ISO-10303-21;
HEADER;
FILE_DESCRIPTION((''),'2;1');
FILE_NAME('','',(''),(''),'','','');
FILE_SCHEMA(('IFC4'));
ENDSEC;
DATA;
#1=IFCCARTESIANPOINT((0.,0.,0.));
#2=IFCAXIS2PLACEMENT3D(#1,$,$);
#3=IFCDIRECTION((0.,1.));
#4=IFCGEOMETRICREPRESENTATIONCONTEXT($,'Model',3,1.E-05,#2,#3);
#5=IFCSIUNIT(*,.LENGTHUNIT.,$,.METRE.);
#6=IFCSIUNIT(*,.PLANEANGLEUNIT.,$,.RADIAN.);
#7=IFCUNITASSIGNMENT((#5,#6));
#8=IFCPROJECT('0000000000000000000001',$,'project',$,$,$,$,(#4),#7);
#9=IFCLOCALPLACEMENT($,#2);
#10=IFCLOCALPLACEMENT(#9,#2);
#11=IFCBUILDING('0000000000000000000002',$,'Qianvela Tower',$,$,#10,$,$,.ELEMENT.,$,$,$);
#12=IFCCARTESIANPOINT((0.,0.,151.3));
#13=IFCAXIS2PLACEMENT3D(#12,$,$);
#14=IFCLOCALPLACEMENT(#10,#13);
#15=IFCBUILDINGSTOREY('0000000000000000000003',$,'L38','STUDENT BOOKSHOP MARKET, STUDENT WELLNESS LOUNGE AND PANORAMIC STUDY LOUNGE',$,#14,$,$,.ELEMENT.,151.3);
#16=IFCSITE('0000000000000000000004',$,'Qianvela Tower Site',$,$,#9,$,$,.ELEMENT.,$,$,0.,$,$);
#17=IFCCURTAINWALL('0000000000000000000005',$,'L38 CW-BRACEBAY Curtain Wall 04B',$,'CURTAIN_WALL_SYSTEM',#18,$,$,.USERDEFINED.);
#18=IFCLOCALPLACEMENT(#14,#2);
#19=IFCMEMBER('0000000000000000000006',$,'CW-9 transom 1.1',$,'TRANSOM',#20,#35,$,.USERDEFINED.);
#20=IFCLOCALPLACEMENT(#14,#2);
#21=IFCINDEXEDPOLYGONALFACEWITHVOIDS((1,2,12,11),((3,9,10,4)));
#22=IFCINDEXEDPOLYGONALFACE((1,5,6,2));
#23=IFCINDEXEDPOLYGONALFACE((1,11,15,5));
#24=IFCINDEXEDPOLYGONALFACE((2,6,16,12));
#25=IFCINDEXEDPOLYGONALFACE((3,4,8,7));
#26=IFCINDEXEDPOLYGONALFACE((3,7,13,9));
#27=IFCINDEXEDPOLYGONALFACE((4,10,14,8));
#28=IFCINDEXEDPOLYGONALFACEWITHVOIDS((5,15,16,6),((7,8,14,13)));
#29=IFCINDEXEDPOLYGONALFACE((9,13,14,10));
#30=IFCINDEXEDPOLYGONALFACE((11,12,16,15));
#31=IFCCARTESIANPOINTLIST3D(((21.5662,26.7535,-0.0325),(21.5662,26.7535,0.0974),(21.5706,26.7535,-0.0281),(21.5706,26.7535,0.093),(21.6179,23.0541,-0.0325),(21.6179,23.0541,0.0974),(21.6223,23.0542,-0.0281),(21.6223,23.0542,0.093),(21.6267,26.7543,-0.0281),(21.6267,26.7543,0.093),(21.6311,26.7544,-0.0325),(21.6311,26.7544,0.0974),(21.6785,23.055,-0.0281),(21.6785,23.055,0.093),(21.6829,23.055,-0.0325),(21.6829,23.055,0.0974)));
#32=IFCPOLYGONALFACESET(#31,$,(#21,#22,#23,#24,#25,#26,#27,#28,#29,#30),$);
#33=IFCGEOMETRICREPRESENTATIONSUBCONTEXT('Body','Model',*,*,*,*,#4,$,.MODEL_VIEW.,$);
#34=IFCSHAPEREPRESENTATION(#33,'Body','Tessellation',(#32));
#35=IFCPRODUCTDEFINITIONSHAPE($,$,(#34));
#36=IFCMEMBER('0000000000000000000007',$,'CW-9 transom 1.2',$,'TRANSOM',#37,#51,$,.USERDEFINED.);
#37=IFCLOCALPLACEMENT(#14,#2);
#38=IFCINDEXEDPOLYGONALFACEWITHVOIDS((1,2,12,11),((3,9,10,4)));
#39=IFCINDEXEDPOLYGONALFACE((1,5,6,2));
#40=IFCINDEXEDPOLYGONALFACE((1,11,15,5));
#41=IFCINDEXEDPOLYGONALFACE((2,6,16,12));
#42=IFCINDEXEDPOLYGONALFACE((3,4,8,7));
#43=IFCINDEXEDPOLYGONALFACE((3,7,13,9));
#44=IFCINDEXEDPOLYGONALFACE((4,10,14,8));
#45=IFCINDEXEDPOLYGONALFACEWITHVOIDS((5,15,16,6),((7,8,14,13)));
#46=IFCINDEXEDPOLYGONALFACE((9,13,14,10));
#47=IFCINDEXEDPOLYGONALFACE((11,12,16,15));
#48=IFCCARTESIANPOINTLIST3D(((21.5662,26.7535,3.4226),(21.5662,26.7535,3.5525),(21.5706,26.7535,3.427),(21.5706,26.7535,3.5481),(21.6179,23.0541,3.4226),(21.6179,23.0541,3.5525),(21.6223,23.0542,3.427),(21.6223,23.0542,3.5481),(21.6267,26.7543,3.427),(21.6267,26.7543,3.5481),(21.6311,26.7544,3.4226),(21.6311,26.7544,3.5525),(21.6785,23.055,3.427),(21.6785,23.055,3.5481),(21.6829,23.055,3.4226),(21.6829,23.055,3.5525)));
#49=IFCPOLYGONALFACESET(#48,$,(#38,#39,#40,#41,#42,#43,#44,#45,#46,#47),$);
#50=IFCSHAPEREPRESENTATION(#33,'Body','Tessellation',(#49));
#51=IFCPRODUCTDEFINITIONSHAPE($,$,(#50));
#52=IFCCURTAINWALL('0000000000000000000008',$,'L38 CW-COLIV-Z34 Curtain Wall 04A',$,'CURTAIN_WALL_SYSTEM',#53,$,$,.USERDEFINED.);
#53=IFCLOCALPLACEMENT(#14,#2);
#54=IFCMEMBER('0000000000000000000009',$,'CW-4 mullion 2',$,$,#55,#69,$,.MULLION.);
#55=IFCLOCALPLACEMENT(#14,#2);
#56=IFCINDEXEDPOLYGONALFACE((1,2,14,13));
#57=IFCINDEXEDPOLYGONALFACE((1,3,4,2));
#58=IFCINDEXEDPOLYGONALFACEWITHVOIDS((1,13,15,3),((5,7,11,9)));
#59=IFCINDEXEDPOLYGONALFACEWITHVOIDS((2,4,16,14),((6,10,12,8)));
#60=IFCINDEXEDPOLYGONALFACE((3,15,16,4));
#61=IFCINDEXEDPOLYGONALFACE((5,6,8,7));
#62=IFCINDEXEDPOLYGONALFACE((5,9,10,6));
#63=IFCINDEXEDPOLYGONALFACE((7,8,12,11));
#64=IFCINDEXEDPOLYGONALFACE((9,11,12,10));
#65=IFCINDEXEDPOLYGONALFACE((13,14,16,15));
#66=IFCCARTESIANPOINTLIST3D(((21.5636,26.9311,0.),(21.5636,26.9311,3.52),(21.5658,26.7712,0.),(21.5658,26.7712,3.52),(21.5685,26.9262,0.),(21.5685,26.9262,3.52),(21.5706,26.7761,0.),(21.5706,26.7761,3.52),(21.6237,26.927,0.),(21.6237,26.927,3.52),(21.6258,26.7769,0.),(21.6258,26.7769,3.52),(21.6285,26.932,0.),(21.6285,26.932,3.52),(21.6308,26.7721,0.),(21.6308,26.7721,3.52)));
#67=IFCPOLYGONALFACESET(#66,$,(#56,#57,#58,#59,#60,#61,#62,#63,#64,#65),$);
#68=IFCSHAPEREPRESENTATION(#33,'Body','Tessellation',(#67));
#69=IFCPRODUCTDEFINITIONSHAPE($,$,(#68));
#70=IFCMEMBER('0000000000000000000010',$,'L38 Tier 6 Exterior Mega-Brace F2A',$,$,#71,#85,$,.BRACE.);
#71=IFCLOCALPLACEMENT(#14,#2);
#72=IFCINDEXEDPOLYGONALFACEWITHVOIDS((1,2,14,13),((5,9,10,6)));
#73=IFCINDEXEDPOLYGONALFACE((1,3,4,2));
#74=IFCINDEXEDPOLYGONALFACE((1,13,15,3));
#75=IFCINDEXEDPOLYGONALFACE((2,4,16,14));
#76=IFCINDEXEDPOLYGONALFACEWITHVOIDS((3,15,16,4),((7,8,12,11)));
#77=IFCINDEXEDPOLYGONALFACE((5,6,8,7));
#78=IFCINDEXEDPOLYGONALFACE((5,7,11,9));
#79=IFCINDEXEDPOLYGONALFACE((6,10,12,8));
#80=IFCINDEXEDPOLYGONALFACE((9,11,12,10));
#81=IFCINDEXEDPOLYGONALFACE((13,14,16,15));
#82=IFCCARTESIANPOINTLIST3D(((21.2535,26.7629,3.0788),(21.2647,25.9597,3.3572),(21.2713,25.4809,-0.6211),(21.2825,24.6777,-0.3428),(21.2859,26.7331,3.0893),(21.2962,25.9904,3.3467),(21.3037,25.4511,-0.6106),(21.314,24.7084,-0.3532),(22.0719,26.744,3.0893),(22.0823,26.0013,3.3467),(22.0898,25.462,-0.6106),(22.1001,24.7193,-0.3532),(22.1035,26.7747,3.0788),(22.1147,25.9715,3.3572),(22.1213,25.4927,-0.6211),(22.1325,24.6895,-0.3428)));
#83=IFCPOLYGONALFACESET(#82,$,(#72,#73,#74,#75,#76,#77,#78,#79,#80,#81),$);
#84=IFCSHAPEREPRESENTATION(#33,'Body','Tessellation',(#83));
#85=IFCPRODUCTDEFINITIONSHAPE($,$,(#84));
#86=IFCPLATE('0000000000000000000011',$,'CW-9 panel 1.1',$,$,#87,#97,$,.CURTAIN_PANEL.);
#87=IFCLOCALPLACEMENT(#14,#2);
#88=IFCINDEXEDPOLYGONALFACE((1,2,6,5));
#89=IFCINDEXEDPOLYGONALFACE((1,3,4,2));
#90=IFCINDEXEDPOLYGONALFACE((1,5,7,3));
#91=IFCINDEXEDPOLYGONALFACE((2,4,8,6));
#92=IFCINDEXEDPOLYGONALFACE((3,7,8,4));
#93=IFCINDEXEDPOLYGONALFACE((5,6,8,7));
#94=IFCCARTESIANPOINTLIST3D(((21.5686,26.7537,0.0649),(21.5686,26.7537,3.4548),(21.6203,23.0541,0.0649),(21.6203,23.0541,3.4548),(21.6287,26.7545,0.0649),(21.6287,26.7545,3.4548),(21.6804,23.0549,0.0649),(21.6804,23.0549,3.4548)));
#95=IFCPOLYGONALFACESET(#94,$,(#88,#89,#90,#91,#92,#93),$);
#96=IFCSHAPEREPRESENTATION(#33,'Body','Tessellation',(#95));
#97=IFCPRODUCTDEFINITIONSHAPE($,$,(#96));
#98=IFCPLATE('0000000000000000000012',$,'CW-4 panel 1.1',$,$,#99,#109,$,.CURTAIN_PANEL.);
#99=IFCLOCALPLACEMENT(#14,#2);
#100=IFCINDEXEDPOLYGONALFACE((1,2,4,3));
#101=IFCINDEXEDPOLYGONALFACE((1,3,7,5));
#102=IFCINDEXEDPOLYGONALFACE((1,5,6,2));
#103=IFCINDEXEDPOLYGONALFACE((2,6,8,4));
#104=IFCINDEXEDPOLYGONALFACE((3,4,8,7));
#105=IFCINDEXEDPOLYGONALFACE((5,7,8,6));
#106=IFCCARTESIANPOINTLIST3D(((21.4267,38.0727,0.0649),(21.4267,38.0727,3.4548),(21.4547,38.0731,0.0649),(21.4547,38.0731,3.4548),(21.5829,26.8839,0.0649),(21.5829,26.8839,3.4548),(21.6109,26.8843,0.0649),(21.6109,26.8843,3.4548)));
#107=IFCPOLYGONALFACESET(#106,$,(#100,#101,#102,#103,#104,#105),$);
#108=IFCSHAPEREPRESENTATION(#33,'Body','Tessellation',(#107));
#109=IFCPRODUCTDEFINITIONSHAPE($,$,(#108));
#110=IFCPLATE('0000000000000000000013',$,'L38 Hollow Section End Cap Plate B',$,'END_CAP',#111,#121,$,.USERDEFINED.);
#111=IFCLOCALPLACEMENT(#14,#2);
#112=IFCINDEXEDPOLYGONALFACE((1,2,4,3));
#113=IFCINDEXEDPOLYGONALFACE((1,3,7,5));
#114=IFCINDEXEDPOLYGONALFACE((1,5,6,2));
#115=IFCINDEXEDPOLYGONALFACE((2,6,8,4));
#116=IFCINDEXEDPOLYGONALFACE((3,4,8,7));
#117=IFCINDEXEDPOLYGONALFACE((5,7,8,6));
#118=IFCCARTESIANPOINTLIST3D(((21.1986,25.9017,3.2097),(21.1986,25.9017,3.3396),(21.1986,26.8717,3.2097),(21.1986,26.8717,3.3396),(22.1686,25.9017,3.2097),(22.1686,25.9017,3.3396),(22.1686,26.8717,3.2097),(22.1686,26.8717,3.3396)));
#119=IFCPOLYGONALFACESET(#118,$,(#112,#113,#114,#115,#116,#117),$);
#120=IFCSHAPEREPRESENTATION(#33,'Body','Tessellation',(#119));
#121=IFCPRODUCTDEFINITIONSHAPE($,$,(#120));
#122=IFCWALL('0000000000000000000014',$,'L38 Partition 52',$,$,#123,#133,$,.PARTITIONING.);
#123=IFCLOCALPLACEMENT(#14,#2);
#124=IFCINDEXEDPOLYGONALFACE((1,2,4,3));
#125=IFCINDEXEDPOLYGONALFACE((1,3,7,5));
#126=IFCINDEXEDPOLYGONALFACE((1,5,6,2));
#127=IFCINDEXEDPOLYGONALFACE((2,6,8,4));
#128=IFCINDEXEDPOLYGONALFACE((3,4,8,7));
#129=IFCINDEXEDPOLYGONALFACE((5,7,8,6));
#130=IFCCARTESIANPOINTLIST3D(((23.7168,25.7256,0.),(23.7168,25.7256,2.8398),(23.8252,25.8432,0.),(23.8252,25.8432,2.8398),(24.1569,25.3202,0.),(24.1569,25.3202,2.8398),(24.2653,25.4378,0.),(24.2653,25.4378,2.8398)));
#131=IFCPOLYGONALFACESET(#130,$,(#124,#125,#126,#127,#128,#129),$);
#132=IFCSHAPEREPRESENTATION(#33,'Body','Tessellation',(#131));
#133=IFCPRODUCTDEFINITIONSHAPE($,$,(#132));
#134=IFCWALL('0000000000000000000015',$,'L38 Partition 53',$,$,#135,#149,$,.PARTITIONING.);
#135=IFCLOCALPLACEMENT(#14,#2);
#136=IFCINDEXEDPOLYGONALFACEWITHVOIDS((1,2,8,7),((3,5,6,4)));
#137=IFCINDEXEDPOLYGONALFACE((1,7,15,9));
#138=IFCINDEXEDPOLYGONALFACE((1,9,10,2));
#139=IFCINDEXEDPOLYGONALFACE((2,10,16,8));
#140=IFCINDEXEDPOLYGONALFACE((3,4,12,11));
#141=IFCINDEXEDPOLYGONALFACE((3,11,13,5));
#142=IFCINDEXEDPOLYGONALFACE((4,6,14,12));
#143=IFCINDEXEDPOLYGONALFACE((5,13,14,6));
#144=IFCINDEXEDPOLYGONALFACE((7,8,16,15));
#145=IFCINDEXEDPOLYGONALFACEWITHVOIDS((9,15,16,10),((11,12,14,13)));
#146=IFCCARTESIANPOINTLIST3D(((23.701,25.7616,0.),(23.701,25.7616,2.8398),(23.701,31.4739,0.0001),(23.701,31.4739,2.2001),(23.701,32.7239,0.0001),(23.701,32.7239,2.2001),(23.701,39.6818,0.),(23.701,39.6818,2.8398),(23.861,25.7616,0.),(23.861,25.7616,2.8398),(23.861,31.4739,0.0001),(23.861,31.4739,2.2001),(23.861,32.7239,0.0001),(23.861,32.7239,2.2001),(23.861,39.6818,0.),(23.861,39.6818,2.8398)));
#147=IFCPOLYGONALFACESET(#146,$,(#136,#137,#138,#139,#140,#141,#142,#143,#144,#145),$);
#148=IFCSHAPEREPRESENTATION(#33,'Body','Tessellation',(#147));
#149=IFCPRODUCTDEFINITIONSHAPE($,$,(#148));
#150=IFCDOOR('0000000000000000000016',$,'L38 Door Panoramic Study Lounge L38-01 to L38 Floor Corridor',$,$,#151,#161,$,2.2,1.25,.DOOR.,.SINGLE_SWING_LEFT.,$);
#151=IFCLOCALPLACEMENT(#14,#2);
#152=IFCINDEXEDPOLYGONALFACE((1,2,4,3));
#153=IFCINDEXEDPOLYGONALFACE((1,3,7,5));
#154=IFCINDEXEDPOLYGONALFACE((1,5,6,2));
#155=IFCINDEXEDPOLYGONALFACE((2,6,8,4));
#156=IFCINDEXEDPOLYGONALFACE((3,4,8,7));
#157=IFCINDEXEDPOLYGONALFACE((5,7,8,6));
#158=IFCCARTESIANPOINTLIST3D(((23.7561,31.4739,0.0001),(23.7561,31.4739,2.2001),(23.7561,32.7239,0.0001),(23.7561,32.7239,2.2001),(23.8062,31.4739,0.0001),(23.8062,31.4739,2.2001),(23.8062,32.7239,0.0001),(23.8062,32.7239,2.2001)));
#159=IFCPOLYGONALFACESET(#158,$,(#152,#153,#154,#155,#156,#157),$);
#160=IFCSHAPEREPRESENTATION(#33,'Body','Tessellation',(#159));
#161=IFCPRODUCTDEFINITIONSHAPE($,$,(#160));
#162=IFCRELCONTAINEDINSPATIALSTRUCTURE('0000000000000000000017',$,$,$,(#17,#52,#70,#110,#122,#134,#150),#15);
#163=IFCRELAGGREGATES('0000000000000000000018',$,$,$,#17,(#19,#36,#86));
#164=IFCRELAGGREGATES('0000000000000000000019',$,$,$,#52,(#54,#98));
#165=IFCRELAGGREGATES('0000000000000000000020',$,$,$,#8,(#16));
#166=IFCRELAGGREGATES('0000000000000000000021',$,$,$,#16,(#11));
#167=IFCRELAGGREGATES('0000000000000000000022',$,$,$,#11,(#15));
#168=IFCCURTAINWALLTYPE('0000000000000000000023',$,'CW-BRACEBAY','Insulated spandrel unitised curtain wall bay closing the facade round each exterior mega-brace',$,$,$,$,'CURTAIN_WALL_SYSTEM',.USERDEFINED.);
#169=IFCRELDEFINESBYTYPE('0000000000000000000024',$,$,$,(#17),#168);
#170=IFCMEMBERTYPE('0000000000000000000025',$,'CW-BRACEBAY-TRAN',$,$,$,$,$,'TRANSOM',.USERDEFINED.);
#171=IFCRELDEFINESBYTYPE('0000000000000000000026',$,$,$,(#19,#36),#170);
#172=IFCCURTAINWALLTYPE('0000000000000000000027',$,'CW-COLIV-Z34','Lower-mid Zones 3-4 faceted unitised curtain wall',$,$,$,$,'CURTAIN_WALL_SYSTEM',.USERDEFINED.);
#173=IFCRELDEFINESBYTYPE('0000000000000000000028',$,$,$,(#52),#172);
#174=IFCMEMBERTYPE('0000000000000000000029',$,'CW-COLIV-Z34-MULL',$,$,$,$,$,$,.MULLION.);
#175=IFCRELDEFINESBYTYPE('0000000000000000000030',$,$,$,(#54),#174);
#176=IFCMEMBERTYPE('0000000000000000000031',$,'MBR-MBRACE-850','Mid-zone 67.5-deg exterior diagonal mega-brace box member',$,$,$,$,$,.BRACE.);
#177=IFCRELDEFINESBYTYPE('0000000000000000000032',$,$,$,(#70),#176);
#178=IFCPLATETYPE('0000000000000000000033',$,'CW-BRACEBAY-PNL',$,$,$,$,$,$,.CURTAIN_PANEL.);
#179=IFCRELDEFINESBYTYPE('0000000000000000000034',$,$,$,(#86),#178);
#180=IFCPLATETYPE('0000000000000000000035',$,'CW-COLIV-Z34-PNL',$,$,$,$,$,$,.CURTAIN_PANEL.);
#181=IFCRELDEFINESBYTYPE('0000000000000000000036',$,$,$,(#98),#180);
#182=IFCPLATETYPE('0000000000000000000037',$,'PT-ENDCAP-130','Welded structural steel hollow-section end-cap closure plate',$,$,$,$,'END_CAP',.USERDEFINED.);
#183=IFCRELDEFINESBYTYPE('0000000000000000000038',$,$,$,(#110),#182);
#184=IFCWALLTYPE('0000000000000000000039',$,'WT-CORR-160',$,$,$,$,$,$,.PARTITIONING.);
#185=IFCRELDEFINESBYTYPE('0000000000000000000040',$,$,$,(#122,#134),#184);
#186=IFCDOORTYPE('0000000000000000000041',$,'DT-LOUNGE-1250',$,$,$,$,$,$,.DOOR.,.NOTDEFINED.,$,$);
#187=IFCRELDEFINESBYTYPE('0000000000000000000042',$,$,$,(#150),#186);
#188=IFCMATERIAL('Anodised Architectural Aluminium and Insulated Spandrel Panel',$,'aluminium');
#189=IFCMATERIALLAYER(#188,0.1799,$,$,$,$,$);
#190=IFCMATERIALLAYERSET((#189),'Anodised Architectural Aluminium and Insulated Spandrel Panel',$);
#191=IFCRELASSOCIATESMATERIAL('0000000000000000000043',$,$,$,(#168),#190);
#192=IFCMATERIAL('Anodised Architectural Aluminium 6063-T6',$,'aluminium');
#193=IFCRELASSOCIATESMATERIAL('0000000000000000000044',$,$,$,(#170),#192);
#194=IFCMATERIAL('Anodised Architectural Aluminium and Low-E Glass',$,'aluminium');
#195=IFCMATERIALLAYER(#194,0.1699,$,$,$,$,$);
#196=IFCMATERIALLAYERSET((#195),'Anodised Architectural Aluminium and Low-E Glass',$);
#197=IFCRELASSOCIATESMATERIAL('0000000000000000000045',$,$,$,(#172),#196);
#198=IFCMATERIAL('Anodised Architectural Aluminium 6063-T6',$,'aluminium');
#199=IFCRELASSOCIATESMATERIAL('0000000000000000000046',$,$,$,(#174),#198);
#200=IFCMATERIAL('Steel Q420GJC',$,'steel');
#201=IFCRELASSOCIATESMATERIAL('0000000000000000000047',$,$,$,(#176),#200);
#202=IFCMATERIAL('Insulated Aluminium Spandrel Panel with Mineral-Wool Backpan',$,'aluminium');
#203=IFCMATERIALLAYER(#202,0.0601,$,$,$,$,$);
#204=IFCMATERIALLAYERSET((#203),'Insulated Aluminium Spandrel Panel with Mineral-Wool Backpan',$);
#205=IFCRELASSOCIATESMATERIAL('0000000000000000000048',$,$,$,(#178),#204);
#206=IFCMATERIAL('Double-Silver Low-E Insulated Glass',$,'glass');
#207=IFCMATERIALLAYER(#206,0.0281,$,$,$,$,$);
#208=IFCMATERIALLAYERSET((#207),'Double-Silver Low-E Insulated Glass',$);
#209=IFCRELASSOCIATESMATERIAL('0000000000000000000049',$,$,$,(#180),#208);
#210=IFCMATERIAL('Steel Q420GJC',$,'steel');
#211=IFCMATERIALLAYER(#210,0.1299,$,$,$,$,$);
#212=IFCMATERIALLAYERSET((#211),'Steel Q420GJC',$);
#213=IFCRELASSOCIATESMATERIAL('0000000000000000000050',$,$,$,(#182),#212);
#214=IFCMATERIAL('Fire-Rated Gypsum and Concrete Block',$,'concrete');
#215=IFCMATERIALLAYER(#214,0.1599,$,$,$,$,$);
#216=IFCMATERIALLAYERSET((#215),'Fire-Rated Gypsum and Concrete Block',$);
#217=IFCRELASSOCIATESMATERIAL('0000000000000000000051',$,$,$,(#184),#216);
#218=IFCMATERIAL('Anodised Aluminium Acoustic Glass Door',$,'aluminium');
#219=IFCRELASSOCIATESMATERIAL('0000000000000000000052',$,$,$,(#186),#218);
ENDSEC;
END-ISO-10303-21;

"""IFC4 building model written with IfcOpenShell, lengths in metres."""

from ifc_helpers import new_model, si_unit, direction, frame, frame_2d, origin, origin_2d, place, context, subcontext, project, spatial, rectangle, hollow_rectangle, extrude, material, layer, layer_set, material_profile, profile_set, type_object, element, fill, aggregate, save


model = new_model("IFC4")

# Units and contexts
model_context = context("Model", 3, precision=1e-05, world=origin(), true_north=direction((0.0, 1.0)))
body_context = subcontext(model_context, "Body", "Model", "MODEL_VIEW")
ifc_project = project(units=[si_unit("LENGTHUNIT", "METRE"), si_unit("PLANEANGLEUNIT", "RADIAN")], contexts=[model_context])

# Site, building, storey
site_placement = place(None, origin())
site = spatial("IfcSite", under=ifc_project, at=site_placement, Name="Qianvela Tower Site", CompositionType="ELEMENT", RefElevation=0.0)
building_placement = place(site_placement, origin())
building = spatial("IfcBuilding", under=site, at=building_placement, Name="Qianvela Tower", CompositionType="ELEMENT")
storey_placement = place(building_placement, frame((0.0, 0.0, 151.3)))
storey = spatial("IfcBuildingStorey", under=building, at=storey_placement, Name="L38", Description="STUDENT BOOKSHOP MARKET, STUDENT WELLNESS LOUNGE AND PANORAMIC STUDY LOUNGE", CompositionType="ELEMENT", Elevation=151.3)

# Curtain wall, members
ifc_material_1 = material(Name="Anodised Architectural Aluminium and Insulated Spandrel Panel", Category="aluminium")
ifc_layer_1 = layer(ifc_material_1, 0.1799)
ifc_layer_set_1 = layer_set([ifc_layer_1], Name="Anodised Architectural Aluminium and Insulated Spandrel Panel")
curtain_wall_type_1 = type_object("IfcCurtainWallType", Name="CW-BRACEBAY", Description="Insulated spandrel unitised curtain wall bay closing the facade round each exterior mega-brace", ElementType="CURTAIN_WALL_SYSTEM", PredefinedType="USERDEFINED", material=ifc_layer_set_1)
curtain_wall_1_placement = place(storey_placement, origin())
curtain_wall_1 = element("IfcCurtainWall", 1, at=curtain_wall_1_placement, inside=storey, type_object=curtain_wall_type_1, Name="L38 CW-BRACEBAY Curtain Wall 04B", ObjectType="CURTAIN_WALL_SYSTEM", PredefinedType="USERDEFINED")
ifc_material_2 = material(Name="Anodised Architectural Aluminium 6063-T6", Category="aluminium")
ifc_material_profile_1 = material_profile(ifc_material_2, hollow_rectangle(XDim=0.0649, YDim=0.1299, WallThickness=0.0044, at=origin_2d()), Name="ALU-TRAN-65x130")
ifc_profile_set_1 = profile_set([ifc_material_profile_1], Name="Anodised Architectural Aluminium 6063-T6")
member_type_1 = type_object("IfcMemberType", Name="CW-BRACEBAY-TRAN", ElementType="TRANSOM", PredefinedType="USERDEFINED", material=ifc_profile_set_1)
member_1_placement = place(storey_placement, frame((21.5986, 26.7539, 0.0325), z_axis=(0.013989, -0.999902, 0.0), x_axis=(0.999902, 0.013989, 0.0)))
member_1 = element("IfcMember", 2, at=member_1_placement, type_object=member_type_1, Name="CW-9 transom 1.1", ObjectType="TRANSOM", PredefinedType="USERDEFINED", context=body_context, shape_type="SweptSolid", body=[
    extrude(hollow_rectangle(XDim=0.0649, YDim=0.1299, WallThickness=0.0044, at=origin_2d()), origin(), (0.0, 0.0, 1.0), 3.6997),
])
member_2_placement = place(storey_placement, frame((21.5986, 26.7539, 3.4875), z_axis=(0.013989, -0.999902, 0.0), x_axis=(0.999902, 0.013989, 0.0)))
member_2 = element("IfcMember", 3, at=member_2_placement, type_object=member_type_1, Name="CW-9 transom 1.2", ObjectType="TRANSOM", PredefinedType="USERDEFINED", context=body_context, shape_type="SweptSolid", body=[
    extrude(hollow_rectangle(XDim=0.0649, YDim=0.1299, WallThickness=0.0044, at=origin_2d()), origin(), (0.0, 0.0, 1.0), 3.6997),
])

# Curtain wall, member
ifc_material_3 = material(Name="Anodised Architectural Aluminium and Low-E Glass", Category="aluminium")
ifc_layer_2 = layer(ifc_material_3, 0.1699)
ifc_layer_set_2 = layer_set([ifc_layer_2], Name="Anodised Architectural Aluminium and Low-E Glass")
curtain_wall_type_2 = type_object("IfcCurtainWallType", Name="CW-COLIV-Z34", Description="Lower-mid Zones 3-4 faceted unitised curtain wall", ElementType="CURTAIN_WALL_SYSTEM", PredefinedType="USERDEFINED", material=ifc_layer_set_2)
curtain_wall_2_placement = place(storey_placement, origin())
curtain_wall_2 = element("IfcCurtainWall", 4, at=curtain_wall_2_placement, inside=storey, type_object=curtain_wall_type_2, Name="L38 CW-COLIV-Z34 Curtain Wall 04A", ObjectType="CURTAIN_WALL_SYSTEM", PredefinedType="USERDEFINED")
ifc_material_4 = material(Name="Anodised Architectural Aluminium 6063-T6", Category="aluminium")
ifc_material_profile_2 = material_profile(ifc_material_4, hollow_rectangle(XDim=0.0649, YDim=0.1599, WallThickness=0.0049, at=origin_2d()), Name="ALU-MULL-65x160")
ifc_profile_set_2 = profile_set([ifc_material_profile_2], Name="Anodised Architectural Aluminium 6063-T6")
member_type_2 = type_object("IfcMemberType", Name="CW-COLIV-Z34-MULL", PredefinedType="MULLION", material=ifc_profile_set_2)
member_3_placement = place(storey_placement, frame((21.5972, 26.8516, 0.0), z_axis=(0.0, 0.0, 1.0), x_axis=(0.999903, 0.013958, 0.0)))
member_3 = element("IfcMember", 5, at=member_3_placement, type_object=member_type_2, Name="CW-4 mullion 2", PredefinedType="MULLION", context=body_context, shape_type="SweptSolid", body=[
    extrude(hollow_rectangle(XDim=0.0649, YDim=0.1599, WallThickness=0.0049, at=origin_2d()), origin(), (0.0, 0.0, 1.0), 3.52),
])

# Member
ifc_material_5 = material(Name="Steel Q420GJC", Category="steel")
ifc_material_profile_3 = material_profile(ifc_material_5, hollow_rectangle(XDim=0.8501, YDim=0.8501, WallThickness=0.032, at=origin_2d()), Name="MBOX-850x850x32")
ifc_profile_set_3 = profile_set([ifc_material_profile_3], Name="Steel Q420GJC")
member_type_3 = type_object("IfcMemberType", Name="MBR-MBRACE-850", Description="Mid-zone 67.5-deg exterior diagonal mega-brace box member", PredefinedType="BRACE", material=ifc_profile_set_3)
member_4_placement = place(storey_placement, frame((21.7019, 25.0852, -0.4819), z_axis=(-0.004551, 0.327388, 0.944879), x_axis=(-0.999903, -0.013901, 0.0)))
element("IfcMember", 6, at=member_4_placement, inside=storey, type_object=member_type_3, Name="L38 Tier 6 Exterior Mega-Brace F2A", PredefinedType="BRACE", context=body_context, shape_type="SweptSolid", body=[
    extrude(hollow_rectangle(XDim=0.8501, YDim=0.8501, WallThickness=0.032, at=origin_2d()), origin(), (0.0, 0.0, 1.0), 3.9158),
])

# Plates
ifc_material_6 = material(Name="Insulated Aluminium Spandrel Panel with Mineral-Wool Backpan", Category="aluminium")
ifc_layer_3 = layer(ifc_material_6, 0.0601)
ifc_layer_set_3 = layer_set([ifc_layer_3], Name="Insulated Aluminium Spandrel Panel with Mineral-Wool Backpan")
plate_type_1 = type_object("IfcPlateType", Name="CW-BRACEBAY-PNL", PredefinedType="CURTAIN_PANEL", material=ifc_layer_set_3)
plate_1_placement = place(storey_placement, frame((21.6245, 24.9043, 0.0649), z_axis=(0.0, 0.0, 1.0), x_axis=(0.013969, -0.999902, 0.0)))
plate_1 = element("IfcPlate", 7, at=plate_1_placement, type_object=plate_type_1, Name="CW-9 panel 1.1", PredefinedType="CURTAIN_PANEL", context=body_context, shape_type="SweptSolid", body=[
    extrude(rectangle(XDim=3.7, YDim=0.0601, at=origin_2d()), origin(), (0.0, 0.0, 1.0), 3.3899),
])
aggregate(curtain_wall_1, [member_1, member_2, plate_1])
ifc_material_7 = material(Name="Double-Silver Low-E Insulated Glass", Category="glass")
ifc_layer_4 = layer(ifc_material_7, 0.0281)
ifc_layer_set_4 = layer_set([ifc_layer_4], Name="Double-Silver Low-E Insulated Glass")
plate_type_2 = type_object("IfcPlateType", Name="CW-COLIV-Z34-PNL", PredefinedType="CURTAIN_PANEL", material=ifc_layer_set_4)
plate_2_placement = place(storey_placement, frame((21.5188, 32.4785, 0.0649), z_axis=(0.0, 0.0, 1.0), x_axis=(0.013958, -0.999903, 0.0)))
plate_2 = element("IfcPlate", 8, at=plate_2_placement, type_object=plate_type_2, Name="CW-4 panel 1.1", PredefinedType="CURTAIN_PANEL", context=body_context, shape_type="SweptSolid", body=[
    extrude(rectangle(XDim=11.1899, YDim=0.0281, at=origin_2d()), origin(), (0.0, 0.0, 1.0), 3.3899),
])
aggregate(curtain_wall_2, [member_3, plate_2])
ifc_material_8 = material(Name="Steel Q420GJC", Category="steel")
ifc_layer_5 = layer(ifc_material_8, 0.1299)
ifc_layer_set_5 = layer_set([ifc_layer_5], Name="Steel Q420GJC")
plate_type_3 = type_object("IfcPlateType", Name="PT-ENDCAP-130", Description="Welded structural steel hollow-section end-cap closure plate", ElementType="END_CAP", PredefinedType="USERDEFINED", material=ifc_layer_set_5)
plate_3_placement = place(storey_placement, frame((21.6836, 26.3867, 3.2097), z_axis=(0.0, 0.0, 1.0), x_axis=(1.0, 0.0, 0.0)))
element("IfcPlate", 9, at=plate_3_placement, inside=storey, type_object=plate_type_3, Name="L38 Hollow Section End Cap Plate B", ObjectType="END_CAP", PredefinedType="USERDEFINED", context=body_context, shape_type="SweptSolid", body=[
    extrude(rectangle(XDim=0.97, YDim=0.97, at=origin_2d()), origin(), (0.0, 0.0, 1.0), 0.1299),
])

# Wall
ifc_material_9 = material(Name="Fire-Rated Gypsum and Concrete Block", Category="concrete")
ifc_layer_6 = layer(ifc_material_9, 0.1599)
ifc_layer_set_6 = layer_set([ifc_layer_6], Name="Fire-Rated Gypsum and Concrete Block")
wall_type_1 = type_object("IfcWallType", Name="WT-CORR-160", PredefinedType="PARTITIONING", material=ifc_layer_set_6)
wall_1_placement = place(storey_placement, frame((24.2112, 25.3789, 0.0), z_axis=(0.0, 0.0, 1.0), x_axis=(-0.735476, 0.677551, 0.0)))
element("IfcWall", 10, at=wall_1_placement, inside=storey, type_object=wall_type_1, Name="L38 Partition 52", PredefinedType="PARTITIONING", context=body_context, shape_type="SweptSolid", body=[
    extrude(rectangle(XDim=0.5984, YDim=0.1599, at=frame_2d((0.2993, 0.0))), origin(), (0.0, 0.0, 1.0), 2.8398),
])

# Wall, opening, door
wall_2_placement = place(storey_placement, frame((23.781, 25.7617, 0.0), z_axis=(0.0, 0.0, 1.0), x_axis=(0.0, 1.0, 0.0)))
wall_2 = element("IfcWall", 11, at=wall_2_placement, inside=storey, type_object=wall_type_1, Name="L38 Partition 53", PredefinedType="PARTITIONING", context=body_context, shape_type="SweptSolid", body=[
    extrude(rectangle(XDim=13.9202, YDim=0.1599, at=frame_2d((6.96, 0.0))), origin(), (0.0, 0.0, 1.0), 2.8398),
])
opening_1_placement = place(wall_2_placement, frame((5.7122, 0.0, 0.0)))
opening_1 = element("IfcOpeningElement", 12, at=opening_1_placement, cuts=wall_2, PredefinedType="OPENING", context=body_context, shape_type="SweptSolid", body=[
    extrude(rectangle(XDim=1.25, YDim=2.2, at=frame_2d((0.625, 1.1001))), frame((0.0, 0.0898, 0.0), z_axis=(0.0, -1.0, 0.0), x_axis=(1.0, 0.0, 0.0)), (0.0, 0.0, 1.0), 0.1799),
])
ifc_material_10 = material(Name="Anodised Aluminium Acoustic Glass Door", Category="aluminium")
door_type_1 = type_object("IfcDoorType", Name="DT-LOUNGE-1250", OperationType="NOTDEFINED", PredefinedType="DOOR", material=ifc_material_10)
door_1_placement = place(opening_1_placement, origin())
door_1 = element("IfcDoor", 13, at=door_1_placement, inside=storey, type_object=door_type_1, Name="L38 Door Panoramic Study Lounge L38-01 to L38 Floor Corridor", OperationType="SINGLE_SWING_LEFT", OverallHeight=2.2, OverallWidth=1.25, PredefinedType="DOOR", context=body_context, shape_type="SweptSolid", body=[
    extrude(rectangle(XDim=1.25, YDim=2.2, at=frame_2d((0.625, 1.1001))), frame((0.0, 0.0249, 0.0), z_axis=(0.0, -1.0, 0.0), x_axis=(1.0, 0.0, 0.0)), (0.0, 0.0, 1.0), 0.05),
])
fill(opening_1, door_1)

save(model, "model.ifc")
